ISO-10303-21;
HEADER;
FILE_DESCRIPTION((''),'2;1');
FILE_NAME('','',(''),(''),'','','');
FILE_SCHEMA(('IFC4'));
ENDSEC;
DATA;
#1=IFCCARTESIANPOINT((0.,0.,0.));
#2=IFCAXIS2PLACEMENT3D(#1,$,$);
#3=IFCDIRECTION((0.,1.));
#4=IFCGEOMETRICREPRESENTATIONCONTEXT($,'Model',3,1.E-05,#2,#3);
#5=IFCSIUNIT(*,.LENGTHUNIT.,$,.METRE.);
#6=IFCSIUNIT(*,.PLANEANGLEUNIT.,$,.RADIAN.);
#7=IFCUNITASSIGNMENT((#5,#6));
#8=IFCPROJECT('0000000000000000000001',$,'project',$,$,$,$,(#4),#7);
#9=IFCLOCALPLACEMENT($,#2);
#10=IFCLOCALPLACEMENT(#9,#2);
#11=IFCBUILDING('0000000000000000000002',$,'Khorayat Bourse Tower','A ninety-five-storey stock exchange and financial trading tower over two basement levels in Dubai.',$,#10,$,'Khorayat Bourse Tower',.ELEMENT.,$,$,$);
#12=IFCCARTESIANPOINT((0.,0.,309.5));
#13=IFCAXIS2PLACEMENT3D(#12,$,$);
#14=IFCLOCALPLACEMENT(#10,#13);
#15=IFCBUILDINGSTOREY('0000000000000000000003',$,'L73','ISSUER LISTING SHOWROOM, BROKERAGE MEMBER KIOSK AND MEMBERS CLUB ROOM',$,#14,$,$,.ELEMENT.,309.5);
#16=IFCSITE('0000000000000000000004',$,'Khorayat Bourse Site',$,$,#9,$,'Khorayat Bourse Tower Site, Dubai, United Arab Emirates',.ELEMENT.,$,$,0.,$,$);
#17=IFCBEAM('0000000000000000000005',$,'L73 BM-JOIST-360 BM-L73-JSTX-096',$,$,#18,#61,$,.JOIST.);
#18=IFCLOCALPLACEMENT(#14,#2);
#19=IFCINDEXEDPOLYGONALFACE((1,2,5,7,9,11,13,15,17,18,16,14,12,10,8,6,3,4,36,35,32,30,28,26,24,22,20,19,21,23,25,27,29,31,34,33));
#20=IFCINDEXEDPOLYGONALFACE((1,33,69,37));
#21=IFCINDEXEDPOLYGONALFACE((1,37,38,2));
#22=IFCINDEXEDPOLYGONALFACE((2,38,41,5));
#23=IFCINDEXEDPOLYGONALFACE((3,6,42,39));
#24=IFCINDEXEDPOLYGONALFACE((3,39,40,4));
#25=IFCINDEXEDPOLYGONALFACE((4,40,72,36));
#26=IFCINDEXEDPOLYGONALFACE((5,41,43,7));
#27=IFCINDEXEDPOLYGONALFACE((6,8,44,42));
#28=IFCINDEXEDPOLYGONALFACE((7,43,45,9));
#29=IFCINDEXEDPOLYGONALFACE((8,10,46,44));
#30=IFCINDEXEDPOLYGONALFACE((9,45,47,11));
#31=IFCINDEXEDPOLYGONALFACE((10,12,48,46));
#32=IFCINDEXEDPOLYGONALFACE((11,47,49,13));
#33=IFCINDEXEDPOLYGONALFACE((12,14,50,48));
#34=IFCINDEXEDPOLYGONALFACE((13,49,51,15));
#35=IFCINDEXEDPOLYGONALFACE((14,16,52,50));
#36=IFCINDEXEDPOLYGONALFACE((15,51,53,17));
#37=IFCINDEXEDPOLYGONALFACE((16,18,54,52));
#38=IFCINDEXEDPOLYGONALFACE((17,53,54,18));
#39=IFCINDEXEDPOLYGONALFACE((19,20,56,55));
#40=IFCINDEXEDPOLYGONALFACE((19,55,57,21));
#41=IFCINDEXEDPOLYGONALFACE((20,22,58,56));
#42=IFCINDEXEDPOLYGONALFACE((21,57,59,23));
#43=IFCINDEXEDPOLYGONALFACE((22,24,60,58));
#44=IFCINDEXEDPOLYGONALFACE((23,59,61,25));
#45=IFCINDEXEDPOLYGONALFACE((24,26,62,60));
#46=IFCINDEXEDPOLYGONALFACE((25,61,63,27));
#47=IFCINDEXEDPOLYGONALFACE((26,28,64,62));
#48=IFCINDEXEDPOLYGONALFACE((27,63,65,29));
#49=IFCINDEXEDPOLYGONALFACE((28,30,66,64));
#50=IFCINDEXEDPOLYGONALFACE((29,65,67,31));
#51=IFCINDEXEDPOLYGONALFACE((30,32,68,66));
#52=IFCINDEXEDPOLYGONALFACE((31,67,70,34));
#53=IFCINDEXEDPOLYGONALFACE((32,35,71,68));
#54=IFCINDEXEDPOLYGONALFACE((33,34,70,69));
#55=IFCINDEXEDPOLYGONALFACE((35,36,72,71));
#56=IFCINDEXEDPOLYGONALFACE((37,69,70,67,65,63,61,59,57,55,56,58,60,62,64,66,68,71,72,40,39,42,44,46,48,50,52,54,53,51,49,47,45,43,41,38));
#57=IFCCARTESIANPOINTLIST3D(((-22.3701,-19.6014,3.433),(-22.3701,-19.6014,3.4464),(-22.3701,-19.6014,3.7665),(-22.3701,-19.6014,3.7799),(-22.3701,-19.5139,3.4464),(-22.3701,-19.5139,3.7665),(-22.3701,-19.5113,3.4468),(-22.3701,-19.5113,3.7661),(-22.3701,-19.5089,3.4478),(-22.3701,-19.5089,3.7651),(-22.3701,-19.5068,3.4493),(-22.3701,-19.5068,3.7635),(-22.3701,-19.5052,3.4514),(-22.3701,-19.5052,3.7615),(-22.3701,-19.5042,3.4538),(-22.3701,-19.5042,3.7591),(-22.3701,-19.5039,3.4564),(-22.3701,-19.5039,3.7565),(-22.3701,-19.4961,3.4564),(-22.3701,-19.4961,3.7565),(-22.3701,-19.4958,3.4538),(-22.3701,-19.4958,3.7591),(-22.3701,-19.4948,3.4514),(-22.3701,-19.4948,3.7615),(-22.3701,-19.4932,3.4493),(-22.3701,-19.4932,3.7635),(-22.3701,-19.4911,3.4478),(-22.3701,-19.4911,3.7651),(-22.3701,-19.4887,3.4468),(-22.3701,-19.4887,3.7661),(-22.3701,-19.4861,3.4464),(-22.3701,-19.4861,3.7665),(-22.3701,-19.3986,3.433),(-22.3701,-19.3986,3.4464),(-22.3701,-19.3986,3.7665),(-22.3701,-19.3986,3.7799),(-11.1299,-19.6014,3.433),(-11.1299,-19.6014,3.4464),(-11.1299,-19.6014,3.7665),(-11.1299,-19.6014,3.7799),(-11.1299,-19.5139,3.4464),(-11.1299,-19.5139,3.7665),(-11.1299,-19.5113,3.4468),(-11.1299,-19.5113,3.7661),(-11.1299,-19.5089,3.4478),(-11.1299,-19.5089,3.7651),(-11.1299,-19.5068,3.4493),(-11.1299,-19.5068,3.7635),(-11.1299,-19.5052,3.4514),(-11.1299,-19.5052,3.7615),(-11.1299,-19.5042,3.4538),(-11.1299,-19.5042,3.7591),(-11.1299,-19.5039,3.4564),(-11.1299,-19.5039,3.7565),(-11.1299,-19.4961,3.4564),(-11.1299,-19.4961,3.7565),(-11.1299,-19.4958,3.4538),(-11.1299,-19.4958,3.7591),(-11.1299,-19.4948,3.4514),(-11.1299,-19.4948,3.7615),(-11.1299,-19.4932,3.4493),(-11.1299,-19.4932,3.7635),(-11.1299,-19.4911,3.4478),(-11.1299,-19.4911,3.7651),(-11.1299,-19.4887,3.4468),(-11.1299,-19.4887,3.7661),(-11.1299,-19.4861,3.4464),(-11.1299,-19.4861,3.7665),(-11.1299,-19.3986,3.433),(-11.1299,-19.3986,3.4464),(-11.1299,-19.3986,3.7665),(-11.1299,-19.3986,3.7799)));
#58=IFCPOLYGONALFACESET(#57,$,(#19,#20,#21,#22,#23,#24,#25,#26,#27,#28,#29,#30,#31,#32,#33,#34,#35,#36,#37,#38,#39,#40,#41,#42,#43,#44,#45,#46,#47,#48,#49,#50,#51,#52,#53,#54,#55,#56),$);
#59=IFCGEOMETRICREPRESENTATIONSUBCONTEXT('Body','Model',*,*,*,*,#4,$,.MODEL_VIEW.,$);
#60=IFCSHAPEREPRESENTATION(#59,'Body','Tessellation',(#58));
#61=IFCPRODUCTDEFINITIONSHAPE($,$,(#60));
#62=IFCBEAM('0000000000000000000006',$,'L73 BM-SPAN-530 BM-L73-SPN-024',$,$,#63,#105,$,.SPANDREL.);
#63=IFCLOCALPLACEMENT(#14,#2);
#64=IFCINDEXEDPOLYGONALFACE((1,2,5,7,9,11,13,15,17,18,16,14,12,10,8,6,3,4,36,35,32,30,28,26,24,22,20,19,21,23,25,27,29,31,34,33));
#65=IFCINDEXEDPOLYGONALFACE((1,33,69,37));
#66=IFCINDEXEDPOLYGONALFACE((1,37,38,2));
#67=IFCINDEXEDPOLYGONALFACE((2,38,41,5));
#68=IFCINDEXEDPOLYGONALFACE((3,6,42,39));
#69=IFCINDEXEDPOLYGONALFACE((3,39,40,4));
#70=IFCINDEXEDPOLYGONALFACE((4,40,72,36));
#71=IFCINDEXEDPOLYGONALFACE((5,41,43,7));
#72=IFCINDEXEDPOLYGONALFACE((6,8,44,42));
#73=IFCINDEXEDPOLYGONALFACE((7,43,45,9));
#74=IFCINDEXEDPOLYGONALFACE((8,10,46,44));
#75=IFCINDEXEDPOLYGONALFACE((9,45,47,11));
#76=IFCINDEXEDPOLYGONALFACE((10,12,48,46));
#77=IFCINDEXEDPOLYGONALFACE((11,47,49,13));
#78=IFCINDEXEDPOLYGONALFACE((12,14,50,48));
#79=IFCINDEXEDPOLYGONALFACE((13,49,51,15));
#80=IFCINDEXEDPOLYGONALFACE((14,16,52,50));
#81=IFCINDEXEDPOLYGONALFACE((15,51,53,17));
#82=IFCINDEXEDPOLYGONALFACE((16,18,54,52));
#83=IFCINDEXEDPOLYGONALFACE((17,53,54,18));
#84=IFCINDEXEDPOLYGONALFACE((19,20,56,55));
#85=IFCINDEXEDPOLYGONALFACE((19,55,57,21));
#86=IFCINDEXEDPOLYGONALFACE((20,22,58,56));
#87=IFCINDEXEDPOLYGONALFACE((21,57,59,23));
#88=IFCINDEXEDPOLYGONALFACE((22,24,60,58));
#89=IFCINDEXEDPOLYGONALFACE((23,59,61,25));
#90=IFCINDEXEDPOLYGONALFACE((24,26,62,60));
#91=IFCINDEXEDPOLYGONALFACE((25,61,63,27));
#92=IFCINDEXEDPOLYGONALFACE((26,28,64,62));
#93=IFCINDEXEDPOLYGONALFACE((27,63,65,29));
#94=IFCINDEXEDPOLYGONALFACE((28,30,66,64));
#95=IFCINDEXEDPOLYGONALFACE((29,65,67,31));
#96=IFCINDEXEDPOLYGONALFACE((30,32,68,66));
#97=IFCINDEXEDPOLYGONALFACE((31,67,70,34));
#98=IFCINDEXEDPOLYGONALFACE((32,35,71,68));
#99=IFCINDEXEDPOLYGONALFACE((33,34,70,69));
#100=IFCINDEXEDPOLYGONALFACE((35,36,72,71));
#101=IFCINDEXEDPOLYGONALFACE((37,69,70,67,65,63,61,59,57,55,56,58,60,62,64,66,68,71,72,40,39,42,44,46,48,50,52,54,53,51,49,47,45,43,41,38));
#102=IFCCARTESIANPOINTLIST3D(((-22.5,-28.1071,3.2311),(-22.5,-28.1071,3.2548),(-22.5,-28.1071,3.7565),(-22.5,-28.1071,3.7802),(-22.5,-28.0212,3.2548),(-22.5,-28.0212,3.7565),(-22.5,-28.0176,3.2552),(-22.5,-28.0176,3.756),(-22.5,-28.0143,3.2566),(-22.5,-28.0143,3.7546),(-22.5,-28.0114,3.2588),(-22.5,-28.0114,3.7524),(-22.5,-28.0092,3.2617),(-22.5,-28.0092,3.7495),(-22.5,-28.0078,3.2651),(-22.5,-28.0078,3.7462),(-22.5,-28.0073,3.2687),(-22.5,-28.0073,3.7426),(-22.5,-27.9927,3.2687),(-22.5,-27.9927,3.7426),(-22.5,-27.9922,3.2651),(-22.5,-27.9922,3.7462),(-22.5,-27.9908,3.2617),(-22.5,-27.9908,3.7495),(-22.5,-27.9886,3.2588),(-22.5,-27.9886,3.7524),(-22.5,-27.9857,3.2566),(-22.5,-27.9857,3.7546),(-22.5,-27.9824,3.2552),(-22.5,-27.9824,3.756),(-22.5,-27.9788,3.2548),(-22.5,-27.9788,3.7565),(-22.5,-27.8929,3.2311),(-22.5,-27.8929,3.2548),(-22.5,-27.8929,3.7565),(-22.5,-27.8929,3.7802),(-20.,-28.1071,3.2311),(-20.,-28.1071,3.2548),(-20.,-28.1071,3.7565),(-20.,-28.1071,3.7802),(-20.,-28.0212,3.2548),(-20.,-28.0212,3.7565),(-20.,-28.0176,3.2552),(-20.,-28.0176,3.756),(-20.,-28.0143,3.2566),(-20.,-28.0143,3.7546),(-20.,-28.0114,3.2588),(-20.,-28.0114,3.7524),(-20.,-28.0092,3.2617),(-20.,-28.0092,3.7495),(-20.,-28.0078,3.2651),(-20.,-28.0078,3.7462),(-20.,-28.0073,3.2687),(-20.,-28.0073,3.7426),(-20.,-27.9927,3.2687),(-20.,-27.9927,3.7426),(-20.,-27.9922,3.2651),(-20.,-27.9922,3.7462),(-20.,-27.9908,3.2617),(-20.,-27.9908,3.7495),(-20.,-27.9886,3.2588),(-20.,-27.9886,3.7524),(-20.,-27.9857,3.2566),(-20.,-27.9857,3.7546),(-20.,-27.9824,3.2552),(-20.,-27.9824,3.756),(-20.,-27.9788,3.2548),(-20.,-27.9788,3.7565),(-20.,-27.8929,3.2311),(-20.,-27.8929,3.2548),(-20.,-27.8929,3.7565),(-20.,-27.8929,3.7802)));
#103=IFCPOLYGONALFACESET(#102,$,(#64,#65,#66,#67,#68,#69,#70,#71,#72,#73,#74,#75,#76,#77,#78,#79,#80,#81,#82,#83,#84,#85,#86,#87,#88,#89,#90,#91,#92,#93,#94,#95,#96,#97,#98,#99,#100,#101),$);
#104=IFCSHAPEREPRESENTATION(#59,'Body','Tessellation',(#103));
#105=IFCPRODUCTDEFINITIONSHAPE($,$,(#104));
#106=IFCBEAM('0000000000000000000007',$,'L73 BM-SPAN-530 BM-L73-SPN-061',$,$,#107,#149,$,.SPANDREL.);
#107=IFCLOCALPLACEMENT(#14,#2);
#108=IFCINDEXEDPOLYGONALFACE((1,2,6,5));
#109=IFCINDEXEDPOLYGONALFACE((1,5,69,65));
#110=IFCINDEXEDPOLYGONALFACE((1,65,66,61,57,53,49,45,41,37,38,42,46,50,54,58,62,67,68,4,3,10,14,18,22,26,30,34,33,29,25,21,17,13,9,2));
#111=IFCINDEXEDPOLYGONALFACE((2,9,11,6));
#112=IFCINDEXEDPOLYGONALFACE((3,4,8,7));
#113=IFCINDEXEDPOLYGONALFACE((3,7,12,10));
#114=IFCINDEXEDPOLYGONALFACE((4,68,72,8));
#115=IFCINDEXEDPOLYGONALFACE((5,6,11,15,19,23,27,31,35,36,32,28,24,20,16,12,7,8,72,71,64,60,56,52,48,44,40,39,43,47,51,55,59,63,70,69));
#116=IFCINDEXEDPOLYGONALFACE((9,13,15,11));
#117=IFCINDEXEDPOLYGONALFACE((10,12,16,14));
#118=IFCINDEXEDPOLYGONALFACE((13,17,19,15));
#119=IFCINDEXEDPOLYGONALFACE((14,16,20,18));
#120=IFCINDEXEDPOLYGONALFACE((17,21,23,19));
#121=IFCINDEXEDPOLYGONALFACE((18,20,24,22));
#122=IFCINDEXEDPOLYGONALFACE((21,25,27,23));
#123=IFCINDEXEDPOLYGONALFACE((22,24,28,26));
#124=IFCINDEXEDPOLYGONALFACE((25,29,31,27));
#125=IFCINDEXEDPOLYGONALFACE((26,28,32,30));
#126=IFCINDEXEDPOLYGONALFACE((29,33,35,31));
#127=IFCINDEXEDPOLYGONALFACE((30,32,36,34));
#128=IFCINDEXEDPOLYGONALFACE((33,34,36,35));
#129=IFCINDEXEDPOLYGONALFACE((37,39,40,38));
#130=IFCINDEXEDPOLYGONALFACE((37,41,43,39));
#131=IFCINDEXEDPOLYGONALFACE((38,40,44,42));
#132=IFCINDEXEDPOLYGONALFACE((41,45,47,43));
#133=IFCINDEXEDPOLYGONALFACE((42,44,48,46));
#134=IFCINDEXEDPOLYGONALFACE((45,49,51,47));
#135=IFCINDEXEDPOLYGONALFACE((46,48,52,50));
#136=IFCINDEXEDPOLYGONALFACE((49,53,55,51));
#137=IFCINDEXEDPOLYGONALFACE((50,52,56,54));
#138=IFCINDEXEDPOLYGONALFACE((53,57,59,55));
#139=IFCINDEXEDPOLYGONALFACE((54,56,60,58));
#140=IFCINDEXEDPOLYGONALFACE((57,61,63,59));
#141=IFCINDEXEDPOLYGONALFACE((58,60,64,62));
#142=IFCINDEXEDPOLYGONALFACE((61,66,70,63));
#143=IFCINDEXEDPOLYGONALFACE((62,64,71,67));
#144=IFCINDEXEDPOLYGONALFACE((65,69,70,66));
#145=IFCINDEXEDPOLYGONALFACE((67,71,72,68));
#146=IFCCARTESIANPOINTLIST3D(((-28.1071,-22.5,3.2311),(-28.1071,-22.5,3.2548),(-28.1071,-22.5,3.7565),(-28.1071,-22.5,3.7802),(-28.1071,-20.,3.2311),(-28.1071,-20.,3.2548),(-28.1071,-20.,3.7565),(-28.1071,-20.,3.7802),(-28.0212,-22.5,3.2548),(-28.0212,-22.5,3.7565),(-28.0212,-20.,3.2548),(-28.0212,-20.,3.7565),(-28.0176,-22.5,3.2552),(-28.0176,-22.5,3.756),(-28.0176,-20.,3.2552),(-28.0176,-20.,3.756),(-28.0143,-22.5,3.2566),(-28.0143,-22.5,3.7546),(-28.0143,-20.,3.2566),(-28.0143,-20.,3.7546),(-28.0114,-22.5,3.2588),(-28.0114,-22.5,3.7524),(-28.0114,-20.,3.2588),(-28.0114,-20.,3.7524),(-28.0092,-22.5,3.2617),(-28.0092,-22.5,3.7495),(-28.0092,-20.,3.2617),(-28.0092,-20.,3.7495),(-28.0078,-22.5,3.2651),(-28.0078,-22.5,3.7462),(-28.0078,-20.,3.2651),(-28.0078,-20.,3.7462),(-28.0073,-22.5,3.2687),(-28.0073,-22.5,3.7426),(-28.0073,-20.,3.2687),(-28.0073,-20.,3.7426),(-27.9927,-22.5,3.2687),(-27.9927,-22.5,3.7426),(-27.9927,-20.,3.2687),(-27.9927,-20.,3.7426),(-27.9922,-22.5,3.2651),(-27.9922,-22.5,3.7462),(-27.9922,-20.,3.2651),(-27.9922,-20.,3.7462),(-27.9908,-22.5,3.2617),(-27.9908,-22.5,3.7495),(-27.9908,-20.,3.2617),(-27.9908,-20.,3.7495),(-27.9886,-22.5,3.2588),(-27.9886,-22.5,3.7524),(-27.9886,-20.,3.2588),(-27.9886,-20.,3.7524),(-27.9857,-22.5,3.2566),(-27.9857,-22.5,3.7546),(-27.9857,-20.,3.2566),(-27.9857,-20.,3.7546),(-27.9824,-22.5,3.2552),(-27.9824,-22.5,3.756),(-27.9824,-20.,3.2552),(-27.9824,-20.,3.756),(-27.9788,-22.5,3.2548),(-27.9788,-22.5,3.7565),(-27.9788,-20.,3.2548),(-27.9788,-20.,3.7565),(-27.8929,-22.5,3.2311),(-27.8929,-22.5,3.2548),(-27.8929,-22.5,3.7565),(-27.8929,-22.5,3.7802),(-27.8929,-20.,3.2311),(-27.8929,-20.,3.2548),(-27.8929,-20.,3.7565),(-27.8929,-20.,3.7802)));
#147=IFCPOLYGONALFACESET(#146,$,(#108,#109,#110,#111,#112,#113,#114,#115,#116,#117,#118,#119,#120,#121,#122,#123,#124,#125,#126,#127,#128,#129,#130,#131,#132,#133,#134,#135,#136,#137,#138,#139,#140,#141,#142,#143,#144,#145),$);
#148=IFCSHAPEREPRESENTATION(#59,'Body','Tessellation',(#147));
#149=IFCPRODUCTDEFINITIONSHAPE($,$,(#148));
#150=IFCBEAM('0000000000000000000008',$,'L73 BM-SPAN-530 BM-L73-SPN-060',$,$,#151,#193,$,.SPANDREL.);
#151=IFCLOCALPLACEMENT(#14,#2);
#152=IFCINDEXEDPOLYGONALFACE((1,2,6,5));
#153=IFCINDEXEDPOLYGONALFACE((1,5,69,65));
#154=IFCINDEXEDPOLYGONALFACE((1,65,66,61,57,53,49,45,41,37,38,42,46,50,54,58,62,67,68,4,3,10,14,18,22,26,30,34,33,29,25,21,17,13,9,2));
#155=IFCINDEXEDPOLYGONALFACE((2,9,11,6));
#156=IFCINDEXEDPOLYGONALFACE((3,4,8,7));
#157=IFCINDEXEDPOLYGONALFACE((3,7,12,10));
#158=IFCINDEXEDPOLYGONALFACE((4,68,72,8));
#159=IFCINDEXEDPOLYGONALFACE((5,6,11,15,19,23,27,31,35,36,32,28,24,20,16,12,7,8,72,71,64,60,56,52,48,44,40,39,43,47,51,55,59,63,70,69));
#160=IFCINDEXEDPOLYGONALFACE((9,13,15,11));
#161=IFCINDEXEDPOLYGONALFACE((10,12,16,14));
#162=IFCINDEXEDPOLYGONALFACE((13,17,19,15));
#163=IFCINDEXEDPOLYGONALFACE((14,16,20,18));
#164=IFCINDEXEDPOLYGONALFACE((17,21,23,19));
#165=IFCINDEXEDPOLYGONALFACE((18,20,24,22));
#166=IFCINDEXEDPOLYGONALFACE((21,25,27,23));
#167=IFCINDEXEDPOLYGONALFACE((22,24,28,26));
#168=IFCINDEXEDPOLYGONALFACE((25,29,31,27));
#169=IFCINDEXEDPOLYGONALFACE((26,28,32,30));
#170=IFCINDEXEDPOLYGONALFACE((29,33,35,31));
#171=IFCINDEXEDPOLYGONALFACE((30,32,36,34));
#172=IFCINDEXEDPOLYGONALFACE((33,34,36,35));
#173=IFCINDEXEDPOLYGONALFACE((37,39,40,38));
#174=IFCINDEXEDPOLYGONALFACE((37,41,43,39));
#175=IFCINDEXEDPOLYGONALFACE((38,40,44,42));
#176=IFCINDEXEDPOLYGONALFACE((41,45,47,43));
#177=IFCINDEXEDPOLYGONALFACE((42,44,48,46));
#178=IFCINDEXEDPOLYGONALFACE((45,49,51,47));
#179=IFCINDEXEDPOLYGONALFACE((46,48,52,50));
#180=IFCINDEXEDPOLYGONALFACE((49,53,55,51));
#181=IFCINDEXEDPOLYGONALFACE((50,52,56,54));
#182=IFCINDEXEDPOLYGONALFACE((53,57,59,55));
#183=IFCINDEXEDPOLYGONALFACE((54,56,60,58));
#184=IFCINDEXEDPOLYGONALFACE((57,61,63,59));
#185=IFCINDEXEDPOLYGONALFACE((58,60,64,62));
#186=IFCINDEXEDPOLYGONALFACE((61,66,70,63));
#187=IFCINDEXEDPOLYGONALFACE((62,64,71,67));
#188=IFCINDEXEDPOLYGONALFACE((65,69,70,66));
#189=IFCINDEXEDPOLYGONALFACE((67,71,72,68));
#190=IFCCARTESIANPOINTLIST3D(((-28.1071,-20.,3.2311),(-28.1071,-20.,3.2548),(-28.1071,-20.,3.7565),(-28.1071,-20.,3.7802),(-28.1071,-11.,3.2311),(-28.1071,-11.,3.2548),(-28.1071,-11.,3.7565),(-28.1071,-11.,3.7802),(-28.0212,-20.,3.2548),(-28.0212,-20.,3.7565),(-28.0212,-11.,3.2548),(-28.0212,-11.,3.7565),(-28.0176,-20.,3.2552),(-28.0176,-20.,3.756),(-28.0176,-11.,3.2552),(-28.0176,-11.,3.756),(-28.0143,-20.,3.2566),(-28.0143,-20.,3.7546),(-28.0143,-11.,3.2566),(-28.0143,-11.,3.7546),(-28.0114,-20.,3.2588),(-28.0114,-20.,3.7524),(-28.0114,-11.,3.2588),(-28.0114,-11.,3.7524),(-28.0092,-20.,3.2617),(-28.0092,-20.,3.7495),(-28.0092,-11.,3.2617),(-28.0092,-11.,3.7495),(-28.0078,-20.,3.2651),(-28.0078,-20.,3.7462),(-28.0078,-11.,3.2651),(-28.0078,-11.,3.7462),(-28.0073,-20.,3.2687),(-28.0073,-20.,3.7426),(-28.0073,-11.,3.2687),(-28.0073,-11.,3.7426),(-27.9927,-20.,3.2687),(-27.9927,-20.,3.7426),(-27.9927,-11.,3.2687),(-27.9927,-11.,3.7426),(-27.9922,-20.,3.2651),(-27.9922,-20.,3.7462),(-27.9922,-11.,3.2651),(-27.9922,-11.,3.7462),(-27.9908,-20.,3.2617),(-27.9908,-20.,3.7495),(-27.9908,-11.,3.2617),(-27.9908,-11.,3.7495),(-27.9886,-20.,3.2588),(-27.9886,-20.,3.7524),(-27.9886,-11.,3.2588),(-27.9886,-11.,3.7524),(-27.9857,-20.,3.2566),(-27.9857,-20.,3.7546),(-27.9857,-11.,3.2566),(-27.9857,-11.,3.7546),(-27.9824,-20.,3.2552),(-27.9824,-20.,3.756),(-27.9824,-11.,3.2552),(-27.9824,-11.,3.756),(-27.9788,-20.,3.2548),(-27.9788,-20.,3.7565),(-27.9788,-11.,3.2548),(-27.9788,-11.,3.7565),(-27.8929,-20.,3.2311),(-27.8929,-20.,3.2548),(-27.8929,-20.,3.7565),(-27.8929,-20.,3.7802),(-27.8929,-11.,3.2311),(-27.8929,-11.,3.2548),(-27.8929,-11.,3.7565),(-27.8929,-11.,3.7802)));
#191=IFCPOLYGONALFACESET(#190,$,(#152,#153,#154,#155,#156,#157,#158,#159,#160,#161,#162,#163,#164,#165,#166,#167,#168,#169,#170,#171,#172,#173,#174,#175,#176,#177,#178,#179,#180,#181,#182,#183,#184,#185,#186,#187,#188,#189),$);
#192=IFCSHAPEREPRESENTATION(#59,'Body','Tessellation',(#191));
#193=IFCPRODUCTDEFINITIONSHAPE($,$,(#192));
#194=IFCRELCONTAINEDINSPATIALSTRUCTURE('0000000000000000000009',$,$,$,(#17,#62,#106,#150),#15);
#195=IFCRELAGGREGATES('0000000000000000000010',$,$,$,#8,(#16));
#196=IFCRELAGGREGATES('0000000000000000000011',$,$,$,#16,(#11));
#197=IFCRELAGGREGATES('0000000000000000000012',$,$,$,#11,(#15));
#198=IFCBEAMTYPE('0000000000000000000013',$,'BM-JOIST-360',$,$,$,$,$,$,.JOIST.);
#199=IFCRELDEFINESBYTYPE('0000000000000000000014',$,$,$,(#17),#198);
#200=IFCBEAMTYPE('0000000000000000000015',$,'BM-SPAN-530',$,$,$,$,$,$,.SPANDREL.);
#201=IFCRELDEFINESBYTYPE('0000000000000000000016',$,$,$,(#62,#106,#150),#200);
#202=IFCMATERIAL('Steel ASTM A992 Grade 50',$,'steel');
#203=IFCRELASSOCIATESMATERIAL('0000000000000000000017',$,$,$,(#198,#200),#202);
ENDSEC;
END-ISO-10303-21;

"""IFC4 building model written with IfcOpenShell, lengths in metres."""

from ifc_helpers import new_model, si_unit, direction, frame, origin, origin_2d, place, context, subcontext, project, spatial, i_section, extrude, source, transform, mapped, material, material_profile, profile_set, type_object, element, save


model = new_model("IFC4")

# Units and contexts
model_context = context("Model", 3, precision=1e-05, world=origin(), true_north=direction((0.0, 1.0)))
body_context = subcontext(model_context, "Body", "Model", "MODEL_VIEW")
ifc_project = project(units=[si_unit("LENGTHUNIT", "METRE"), si_unit("PLANEANGLEUNIT", "RADIAN")], contexts=[model_context])

# Site, building, storey
site_placement = place(None, origin())
site = spatial("IfcSite", under=ifc_project, at=site_placement, Name="Khorayat Bourse Site", LongName="Khorayat Bourse Tower Site, Dubai, United Arab Emirates", CompositionType="ELEMENT", RefElevation=0.0)
building_placement = place(site_placement, origin())
building = spatial("IfcBuilding", under=site, at=building_placement, Name="Khorayat Bourse Tower", Description="A ninety-five-storey stock exchange and financial trading tower over two basement levels in Dubai.", LongName="Khorayat Bourse Tower", CompositionType="ELEMENT")
storey_placement = place(building_placement, frame((0.0, 0.0, 309.5)))
storey = spatial("IfcBuildingStorey", under=building, at=storey_placement, Name="L73", Description="ISSUER LISTING SHOWROOM, BROKERAGE MEMBER KIOSK AND MEMBERS CLUB ROOM", CompositionType="ELEMENT", Elevation=309.5)

# Beams
ifc_material_1 = material(Name="Steel ASTM A992 Grade 50", Category="steel")
ifc_material_profile_1 = material_profile(ifc_material_1, i_section(OverallWidth=0.2029, OverallDepth=0.3469, WebThickness=0.0078, FlangeThickness=0.0134, FilletRadius=0.01, at=origin_2d()), Name="W360X64")
ifc_profile_set_1 = profile_set([ifc_material_profile_1], Name="Steel ASTM A992 Grade 50")
beam_type_1 = type_object("IfcBeamType", Name="BM-JOIST-360", PredefinedType="JOIST", material=ifc_profile_set_1)
shared_shape_1 = source(origin(), body_context, "Body", "SweptSolid", [
    extrude(i_section(OverallWidth=0.2029, OverallDepth=0.3469, WebThickness=0.0078, FlangeThickness=0.0134, FilletRadius=0.01, at=origin_2d()), origin(), (0.0, 0.0, 1.0), 11.2402),
])
beam_1_placement = place(storey_placement, frame((-22.3701, -19.5, 3.6064), z_axis=(1.0, 0.0, 0.0), x_axis=(0.0, 1.0, 0.0)))
element("IfcBeam", 1, at=beam_1_placement, inside=storey, type_object=beam_type_1, Name="L73 BM-JOIST-360 BM-L73-JSTX-096", PredefinedType="JOIST", context=body_context, shape_type="MappedRepresentation", body=[
    mapped(shared_shape_1, transform((0.0, 0.0, 0.0), scale=1.0)),
])
ifc_material_profile_2 = material_profile(ifc_material_1, i_section(OverallWidth=0.2141, OverallDepth=0.5491, WebThickness=0.0146, FlangeThickness=0.0237, FilletRadius=0.0139, at=origin_2d()), Name="W530X138")
ifc_profile_set_2 = profile_set([ifc_material_profile_2], Name="Steel ASTM A992 Grade 50")
beam_type_2 = type_object("IfcBeamType", Name="BM-SPAN-530", PredefinedType="SPANDREL", material=ifc_profile_set_2)
shared_shape_2 = source(origin(), body_context, "Body", "SweptSolid", [
    extrude(i_section(OverallWidth=0.2141, OverallDepth=0.5491, WebThickness=0.0146, FlangeThickness=0.0237, FilletRadius=0.0139, at=origin_2d()), origin(), (0.0, 0.0, 1.0), 2.5),
])
for number, where, z_axis, x_axis, name in (
    (2, (-22.5, -28.0, 3.5056), (1.0, 0.0, 0.0), (0.0, 1.0, 0.0), "L73 BM-SPAN-530 BM-L73-SPN-024"),
    (3, (-28.0, -22.5, 3.5056), (0.0, 1.0, 0.0), (-1.0, 0.0, 0.0), "L73 BM-SPAN-530 BM-L73-SPN-061"),
):
    element("IfcBeam", number, at=place(storey_placement, frame(where, z_axis=z_axis, x_axis=x_axis)), inside=storey, type_object=beam_type_2, Name=name, PredefinedType="SPANDREL", context=body_context, shape_type="MappedRepresentation", body=[
        mapped(shared_shape_2, transform((0.0, 0.0, 0.0), scale=1.0)),
    ])
shared_shape_3 = source(origin(), body_context, "Body", "SweptSolid", [
    extrude(i_section(OverallWidth=0.2141, OverallDepth=0.5491, WebThickness=0.0146, FlangeThickness=0.0237, FilletRadius=0.0139, at=origin_2d()), origin(), (0.0, 0.0, 1.0), 9.0),
])
beam_2_placement = place(storey_placement, frame((-28.0, -20.0, 3.5056), z_axis=(0.0, 1.0, 0.0), x_axis=(-1.0, 0.0, 0.0)))
element("IfcBeam", 4, at=beam_2_placement, inside=storey, type_object=beam_type_2, Name="L73 BM-SPAN-530 BM-L73-SPN-060", PredefinedType="SPANDREL", context=body_context, shape_type="MappedRepresentation", body=[
    mapped(shared_shape_3, transform((0.0, 0.0, 0.0), scale=1.0)),
])

save(model, "model.ifc")
